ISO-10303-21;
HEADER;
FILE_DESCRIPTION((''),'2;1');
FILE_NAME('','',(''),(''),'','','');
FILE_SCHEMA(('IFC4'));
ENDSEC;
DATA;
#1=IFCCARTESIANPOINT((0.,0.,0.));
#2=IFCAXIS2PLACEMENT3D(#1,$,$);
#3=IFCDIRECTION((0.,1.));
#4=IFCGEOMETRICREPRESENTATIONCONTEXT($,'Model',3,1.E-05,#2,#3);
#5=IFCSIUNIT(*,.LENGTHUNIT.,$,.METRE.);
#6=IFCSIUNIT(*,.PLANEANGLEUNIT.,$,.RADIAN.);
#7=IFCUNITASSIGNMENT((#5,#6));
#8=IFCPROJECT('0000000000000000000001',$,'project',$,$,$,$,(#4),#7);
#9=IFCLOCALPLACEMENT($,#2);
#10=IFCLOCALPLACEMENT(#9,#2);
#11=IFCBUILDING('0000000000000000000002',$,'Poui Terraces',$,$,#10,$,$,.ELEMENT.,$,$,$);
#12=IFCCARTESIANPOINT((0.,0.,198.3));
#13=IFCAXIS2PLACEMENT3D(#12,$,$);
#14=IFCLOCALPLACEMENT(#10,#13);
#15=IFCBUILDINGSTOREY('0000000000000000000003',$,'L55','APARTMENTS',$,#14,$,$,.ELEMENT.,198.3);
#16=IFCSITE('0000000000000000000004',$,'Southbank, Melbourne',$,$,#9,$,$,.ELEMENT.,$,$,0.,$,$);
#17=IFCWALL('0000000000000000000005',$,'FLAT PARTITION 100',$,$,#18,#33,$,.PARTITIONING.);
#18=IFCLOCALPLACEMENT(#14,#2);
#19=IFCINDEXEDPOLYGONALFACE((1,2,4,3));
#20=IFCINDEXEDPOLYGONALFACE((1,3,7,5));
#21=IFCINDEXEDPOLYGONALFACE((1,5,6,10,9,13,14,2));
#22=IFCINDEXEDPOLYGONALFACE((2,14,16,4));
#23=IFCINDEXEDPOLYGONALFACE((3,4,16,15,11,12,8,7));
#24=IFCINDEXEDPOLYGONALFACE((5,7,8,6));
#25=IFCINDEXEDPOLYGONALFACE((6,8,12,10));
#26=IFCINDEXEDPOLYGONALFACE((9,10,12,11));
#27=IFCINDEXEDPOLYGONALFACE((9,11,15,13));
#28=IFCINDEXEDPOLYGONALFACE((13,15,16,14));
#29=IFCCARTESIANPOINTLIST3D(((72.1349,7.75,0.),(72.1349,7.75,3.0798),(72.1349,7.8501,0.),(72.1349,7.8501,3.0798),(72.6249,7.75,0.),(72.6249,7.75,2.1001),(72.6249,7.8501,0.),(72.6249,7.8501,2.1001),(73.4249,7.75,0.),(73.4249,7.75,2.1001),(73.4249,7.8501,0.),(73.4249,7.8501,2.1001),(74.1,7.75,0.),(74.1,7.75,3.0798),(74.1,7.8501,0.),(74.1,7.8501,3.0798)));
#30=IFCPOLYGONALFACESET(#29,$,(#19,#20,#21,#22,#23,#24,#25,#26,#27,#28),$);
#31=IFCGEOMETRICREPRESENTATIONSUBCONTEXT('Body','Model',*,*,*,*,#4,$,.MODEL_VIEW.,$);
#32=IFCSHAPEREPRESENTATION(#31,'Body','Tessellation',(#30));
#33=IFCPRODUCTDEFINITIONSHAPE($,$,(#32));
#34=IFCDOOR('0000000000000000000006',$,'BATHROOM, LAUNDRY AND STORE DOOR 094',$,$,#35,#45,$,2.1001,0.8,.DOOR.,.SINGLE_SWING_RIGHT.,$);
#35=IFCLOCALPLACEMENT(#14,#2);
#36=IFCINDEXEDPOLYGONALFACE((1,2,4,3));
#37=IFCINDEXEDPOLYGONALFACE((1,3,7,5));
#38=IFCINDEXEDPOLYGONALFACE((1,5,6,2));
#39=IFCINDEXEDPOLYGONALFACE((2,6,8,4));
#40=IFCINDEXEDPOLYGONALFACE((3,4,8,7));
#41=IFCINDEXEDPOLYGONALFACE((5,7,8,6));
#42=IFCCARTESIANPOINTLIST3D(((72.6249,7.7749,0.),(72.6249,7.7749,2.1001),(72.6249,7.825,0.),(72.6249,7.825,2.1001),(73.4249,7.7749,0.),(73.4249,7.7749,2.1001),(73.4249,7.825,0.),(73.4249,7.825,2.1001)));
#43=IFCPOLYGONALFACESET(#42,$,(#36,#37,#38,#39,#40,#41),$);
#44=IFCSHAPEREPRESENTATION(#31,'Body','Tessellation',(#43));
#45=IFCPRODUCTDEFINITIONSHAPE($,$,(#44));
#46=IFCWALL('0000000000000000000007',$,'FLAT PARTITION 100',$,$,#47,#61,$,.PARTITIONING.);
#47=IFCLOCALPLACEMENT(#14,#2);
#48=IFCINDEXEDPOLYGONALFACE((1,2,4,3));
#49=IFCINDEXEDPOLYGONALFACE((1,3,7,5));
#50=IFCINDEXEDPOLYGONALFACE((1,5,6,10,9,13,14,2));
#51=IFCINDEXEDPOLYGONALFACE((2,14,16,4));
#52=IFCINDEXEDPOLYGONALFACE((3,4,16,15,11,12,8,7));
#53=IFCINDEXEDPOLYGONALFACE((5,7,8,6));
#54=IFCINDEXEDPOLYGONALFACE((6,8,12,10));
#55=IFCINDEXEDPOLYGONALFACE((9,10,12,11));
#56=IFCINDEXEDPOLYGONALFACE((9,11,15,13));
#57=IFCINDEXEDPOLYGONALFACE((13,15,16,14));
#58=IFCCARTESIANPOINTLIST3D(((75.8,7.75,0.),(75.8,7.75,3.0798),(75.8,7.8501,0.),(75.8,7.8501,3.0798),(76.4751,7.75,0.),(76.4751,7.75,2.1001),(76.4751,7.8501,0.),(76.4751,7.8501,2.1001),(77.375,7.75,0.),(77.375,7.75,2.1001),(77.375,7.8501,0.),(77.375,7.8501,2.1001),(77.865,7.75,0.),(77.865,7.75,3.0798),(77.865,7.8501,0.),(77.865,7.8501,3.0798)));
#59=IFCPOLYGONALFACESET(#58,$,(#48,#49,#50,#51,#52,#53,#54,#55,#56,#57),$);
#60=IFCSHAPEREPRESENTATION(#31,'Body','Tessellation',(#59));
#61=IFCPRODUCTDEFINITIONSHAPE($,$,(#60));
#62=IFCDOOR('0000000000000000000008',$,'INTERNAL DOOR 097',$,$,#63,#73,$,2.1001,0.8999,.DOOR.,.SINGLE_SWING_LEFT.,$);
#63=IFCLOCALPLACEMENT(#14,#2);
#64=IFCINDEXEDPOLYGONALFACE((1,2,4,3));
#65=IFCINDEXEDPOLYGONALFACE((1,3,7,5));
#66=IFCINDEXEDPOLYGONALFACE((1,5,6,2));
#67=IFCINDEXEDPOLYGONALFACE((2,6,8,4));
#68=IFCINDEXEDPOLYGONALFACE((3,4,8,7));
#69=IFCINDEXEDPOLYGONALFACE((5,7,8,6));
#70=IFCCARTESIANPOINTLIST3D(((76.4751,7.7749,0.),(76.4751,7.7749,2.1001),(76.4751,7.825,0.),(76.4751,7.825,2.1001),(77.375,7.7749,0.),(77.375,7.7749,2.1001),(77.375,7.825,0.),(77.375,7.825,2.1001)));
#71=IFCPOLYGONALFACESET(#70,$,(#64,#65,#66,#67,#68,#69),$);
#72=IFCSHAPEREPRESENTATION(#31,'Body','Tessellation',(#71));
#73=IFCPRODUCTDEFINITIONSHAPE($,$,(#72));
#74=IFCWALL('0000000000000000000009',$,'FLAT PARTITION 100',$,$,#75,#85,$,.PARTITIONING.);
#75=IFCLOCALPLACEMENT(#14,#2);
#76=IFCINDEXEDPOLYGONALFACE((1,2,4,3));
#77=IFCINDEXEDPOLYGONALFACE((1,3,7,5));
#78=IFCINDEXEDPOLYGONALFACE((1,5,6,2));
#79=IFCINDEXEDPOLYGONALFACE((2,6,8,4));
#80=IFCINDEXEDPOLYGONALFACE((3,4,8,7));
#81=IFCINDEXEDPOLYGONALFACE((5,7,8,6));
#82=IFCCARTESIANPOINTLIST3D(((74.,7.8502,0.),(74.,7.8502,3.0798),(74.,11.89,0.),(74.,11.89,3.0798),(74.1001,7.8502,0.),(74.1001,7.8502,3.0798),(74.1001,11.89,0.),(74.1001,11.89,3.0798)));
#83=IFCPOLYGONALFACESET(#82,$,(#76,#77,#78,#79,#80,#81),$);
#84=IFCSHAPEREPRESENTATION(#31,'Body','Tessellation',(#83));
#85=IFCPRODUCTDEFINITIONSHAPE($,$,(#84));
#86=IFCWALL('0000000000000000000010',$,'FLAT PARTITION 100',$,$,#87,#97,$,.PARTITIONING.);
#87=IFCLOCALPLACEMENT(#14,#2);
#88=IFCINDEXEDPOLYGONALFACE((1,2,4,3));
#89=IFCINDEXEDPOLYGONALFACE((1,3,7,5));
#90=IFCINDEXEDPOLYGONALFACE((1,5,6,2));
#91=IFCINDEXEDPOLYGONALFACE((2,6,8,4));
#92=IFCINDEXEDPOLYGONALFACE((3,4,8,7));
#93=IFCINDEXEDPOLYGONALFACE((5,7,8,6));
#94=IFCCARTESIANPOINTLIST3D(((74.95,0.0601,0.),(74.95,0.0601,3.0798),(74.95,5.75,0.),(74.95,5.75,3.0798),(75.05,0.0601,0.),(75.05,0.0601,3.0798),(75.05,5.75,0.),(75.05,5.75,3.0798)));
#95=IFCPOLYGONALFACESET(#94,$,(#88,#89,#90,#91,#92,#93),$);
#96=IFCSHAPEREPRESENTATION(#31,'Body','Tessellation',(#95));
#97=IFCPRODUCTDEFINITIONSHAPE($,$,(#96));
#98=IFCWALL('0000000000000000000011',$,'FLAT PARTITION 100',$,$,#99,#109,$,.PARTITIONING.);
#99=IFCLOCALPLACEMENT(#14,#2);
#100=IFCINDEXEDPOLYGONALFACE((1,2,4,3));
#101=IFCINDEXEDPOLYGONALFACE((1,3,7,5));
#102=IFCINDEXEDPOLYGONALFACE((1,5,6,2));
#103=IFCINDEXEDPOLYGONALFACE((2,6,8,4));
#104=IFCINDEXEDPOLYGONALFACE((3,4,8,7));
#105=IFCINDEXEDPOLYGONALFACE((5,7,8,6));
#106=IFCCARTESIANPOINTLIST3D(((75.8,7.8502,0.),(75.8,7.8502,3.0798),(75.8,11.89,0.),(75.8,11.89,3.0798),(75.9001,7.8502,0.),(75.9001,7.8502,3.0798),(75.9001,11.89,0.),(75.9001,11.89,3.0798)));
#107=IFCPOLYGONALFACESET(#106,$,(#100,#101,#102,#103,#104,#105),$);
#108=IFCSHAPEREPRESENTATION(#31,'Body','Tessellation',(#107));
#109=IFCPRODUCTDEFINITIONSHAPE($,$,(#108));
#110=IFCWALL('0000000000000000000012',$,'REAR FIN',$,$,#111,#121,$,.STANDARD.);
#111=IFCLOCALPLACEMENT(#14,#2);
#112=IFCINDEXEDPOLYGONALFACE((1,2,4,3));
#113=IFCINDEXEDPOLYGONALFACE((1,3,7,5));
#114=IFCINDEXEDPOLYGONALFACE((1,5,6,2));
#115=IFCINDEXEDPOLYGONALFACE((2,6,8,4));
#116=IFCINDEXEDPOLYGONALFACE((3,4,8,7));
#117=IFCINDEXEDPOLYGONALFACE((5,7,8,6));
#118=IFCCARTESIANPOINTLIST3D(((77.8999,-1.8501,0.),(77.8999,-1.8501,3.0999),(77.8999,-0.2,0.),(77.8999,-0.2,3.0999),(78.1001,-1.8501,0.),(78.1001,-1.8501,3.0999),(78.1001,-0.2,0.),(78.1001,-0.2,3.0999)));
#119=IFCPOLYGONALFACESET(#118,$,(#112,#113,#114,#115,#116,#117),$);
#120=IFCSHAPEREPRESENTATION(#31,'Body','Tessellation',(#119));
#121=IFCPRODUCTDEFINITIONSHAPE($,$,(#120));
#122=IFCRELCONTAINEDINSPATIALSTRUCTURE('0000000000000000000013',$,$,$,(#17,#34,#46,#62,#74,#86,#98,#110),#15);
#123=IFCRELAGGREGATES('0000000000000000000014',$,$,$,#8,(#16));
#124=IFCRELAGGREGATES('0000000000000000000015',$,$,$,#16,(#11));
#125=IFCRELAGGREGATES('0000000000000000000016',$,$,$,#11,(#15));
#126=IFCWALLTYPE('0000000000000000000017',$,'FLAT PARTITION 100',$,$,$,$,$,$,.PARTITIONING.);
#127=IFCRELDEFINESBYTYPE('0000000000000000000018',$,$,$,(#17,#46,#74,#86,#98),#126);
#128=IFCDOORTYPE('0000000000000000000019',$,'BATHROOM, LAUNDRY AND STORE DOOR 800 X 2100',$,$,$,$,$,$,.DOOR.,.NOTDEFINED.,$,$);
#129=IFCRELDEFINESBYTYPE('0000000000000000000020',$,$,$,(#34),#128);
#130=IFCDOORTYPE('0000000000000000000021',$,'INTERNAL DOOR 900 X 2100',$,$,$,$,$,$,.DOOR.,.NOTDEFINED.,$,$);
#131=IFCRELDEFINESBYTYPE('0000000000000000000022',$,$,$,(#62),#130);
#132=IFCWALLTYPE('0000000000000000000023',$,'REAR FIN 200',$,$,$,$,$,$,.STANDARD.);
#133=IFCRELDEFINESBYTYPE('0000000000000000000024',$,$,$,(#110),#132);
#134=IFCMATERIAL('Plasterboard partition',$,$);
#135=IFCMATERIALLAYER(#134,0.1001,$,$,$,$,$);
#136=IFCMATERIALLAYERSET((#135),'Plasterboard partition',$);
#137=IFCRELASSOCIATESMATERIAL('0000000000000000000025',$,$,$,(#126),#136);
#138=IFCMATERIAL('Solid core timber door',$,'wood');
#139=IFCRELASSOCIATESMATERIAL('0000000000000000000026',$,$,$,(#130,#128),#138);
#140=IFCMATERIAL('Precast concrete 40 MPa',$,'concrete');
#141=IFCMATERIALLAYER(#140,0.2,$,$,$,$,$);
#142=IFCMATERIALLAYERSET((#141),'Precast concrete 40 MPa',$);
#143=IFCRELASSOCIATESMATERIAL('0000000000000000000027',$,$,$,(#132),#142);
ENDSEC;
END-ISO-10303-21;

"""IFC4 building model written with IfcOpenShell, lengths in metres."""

from ifc_helpers import new_model, si_unit, direction, frame, frame_2d, origin, place, context, subcontext, project, spatial, polyline, rectangle, outline, extrude, source, transform, mapped, material, layer, layer_set, type_object, element, fill, save


model = new_model("IFC4")

# Units and contexts
model_context = context("Model", 3, precision=1e-05, world=origin(), true_north=direction((0.0, 1.0)))
body_context = subcontext(model_context, "Body", "Model", "MODEL_VIEW")
ifc_project = project(units=[si_unit("LENGTHUNIT", "METRE"), si_unit("PLANEANGLEUNIT", "RADIAN")], contexts=[model_context])

# Site, building, storey
site_placement = place(None, origin())
site = spatial("IfcSite", under=ifc_project, at=site_placement, Name="Southbank, Melbourne", CompositionType="ELEMENT", RefElevation=0.0)
building_placement = place(site_placement, origin())
building = spatial("IfcBuilding", under=site, at=building_placement, Name="Poui Terraces", CompositionType="ELEMENT")
storey_placement = place(building_placement, frame((0.0, 0.0, 198.3)))
storey = spatial("IfcBuildingStorey", under=building, at=storey_placement, Name="L55", Description="APARTMENTS", CompositionType="ELEMENT", Elevation=198.3)

# Walls, openings, doors
ifc_material_1 = material(Name="Plasterboard partition")
ifc_layer_1 = layer(ifc_material_1, 0.1001)
ifc_layer_set_1 = layer_set([ifc_layer_1], Name="Plasterboard partition")
wall_type_1 = type_object("IfcWallType", Name="FLAT PARTITION 100", PredefinedType="PARTITIONING", material=ifc_layer_set_1)
ifc_material_2 = material(Name="Solid core timber door", Category="wood")
door_type_1 = type_object("IfcDoorType", Name="INTERNAL DOOR 900 X 2100", OperationType="NOTDEFINED", PredefinedType="DOOR", material=ifc_material_2)
wall_1_placement = place(storey_placement, frame((72.135, 7.8, 0.0), z_axis=(0.0, 0.0, 1.0), x_axis=(1.0, 0.0, 0.0)))
wall_1 = element("IfcWall", 1, at=wall_1_placement, inside=storey, type_object=wall_type_1, Name="FLAT PARTITION 100", PredefinedType="PARTITIONING", context=body_context, shape_type="SweptSolid", body=[
    extrude(rectangle(XDim=1.9651, YDim=0.1001, at=frame_2d((0.9824, 0.0))), origin(), (0.0, 0.0, 1.0), 3.0798),
])
opening_1_placement = place(wall_1_placement, frame((0.49, 0.0, 0.0)))
opening_1 = element("IfcOpeningElement", 2, at=opening_1_placement, cuts=wall_1, PredefinedType="OPENING", context=body_context, shape_type="SweptSolid", body=[
    extrude(rectangle(XDim=0.8, YDim=2.1001, at=frame_2d((0.3999, 1.05))), frame((0.0, 0.0601, 0.0), z_axis=(0.0, -1.0, 0.0), x_axis=(1.0, 0.0, 0.0)), (0.0, 0.0, 1.0), 0.1201),
])
door_type_2 = type_object("IfcDoorType", Name="BATHROOM, LAUNDRY AND STORE DOOR 800 X 2100", OperationType="NOTDEFINED", PredefinedType="DOOR", material=ifc_material_2)
door_1_placement = place(opening_1_placement, origin())
door_1 = element("IfcDoor", 3, at=door_1_placement, inside=storey, type_object=door_type_2, Name="BATHROOM, LAUNDRY AND STORE DOOR 094", OperationType="SINGLE_SWING_RIGHT", OverallHeight=2.1001, OverallWidth=0.8, PredefinedType="DOOR", context=body_context, shape_type="SweptSolid", body=[
    extrude(rectangle(XDim=0.8, YDim=2.1001, at=frame_2d((0.3999, 1.05))), frame((0.0, 0.0249, 0.0), z_axis=(0.0, -1.0, 0.0), x_axis=(1.0, 0.0, 0.0)), (0.0, 0.0, 1.0), 0.05),
])
fill(opening_1, door_1)
wall_2_placement = place(storey_placement, frame((75.8, 7.8, 0.0), z_axis=(0.0, 0.0, 1.0), x_axis=(1.0, 0.0, 0.0)))
wall_2 = element("IfcWall", 4, at=wall_2_placement, inside=storey, type_object=wall_type_1, Name="FLAT PARTITION 100", PredefinedType="PARTITIONING", context=body_context, shape_type="SweptSolid", body=[
    extrude(rectangle(XDim=2.0649, YDim=0.1001, at=frame_2d((1.0325, 0.0))), origin(), (0.0, 0.0, 1.0), 3.0798),
])
opening_2_placement = place(wall_2_placement, frame((0.675, 0.0, 0.0)))
opening_2 = element("IfcOpeningElement", 5, at=opening_2_placement, cuts=wall_2, PredefinedType="OPENING", context=body_context, shape_type="SweptSolid", body=[
    extrude(rectangle(XDim=0.8999, YDim=2.1001, at=frame_2d((0.45, 1.05))), frame((0.0, 0.0601, 0.0), z_axis=(0.0, -1.0, 0.0), x_axis=(1.0, 0.0, 0.0)), (0.0, 0.0, 1.0), 0.1201),
])
door_2_placement = place(opening_2_placement, origin())
door_2 = element("IfcDoor", 6, at=door_2_placement, inside=storey, type_object=door_type_1, Name="INTERNAL DOOR 097", OperationType="SINGLE_SWING_LEFT", OverallHeight=2.1001, OverallWidth=0.8999, PredefinedType="DOOR", context=body_context, shape_type="SweptSolid", body=[
    extrude(rectangle(XDim=0.8999, YDim=2.1001, at=frame_2d((0.45, 1.05))), frame((0.0, 0.0249, 0.0), z_axis=(0.0, -1.0, 0.0), x_axis=(1.0, 0.0, 0.0)), (0.0, 0.0, 1.0), 0.05),
])
fill(opening_2, door_2)

# Walls
wall_3_placement = place(storey_placement, frame((74.05, 7.8501, 0.0), z_axis=(0.0, 0.0, 1.0), x_axis=(0.0, 1.0, 0.0)))
element("IfcWall", 7, at=wall_3_placement, inside=storey, type_object=wall_type_1, Name="FLAT PARTITION 100", PredefinedType="PARTITIONING", context=body_context, shape_type="SweptSolid", body=[
    extrude(rectangle(XDim=4.0398, YDim=0.1001, at=frame_2d((2.02, 0.0))), origin(), (0.0, 0.0, 1.0), 3.0798),
])
wall_4_placement = place(storey_placement, frame((75.0, 0.0601, 0.0), z_axis=(0.0, 0.0, 1.0), x_axis=(0.0, 1.0, 0.0)))
element("IfcWall", 8, at=wall_4_placement, inside=storey, type_object=wall_type_1, Name="FLAT PARTITION 100", PredefinedType="PARTITIONING", context=body_context, shape_type="SweptSolid", body=[
    extrude(rectangle(XDim=5.6899, YDim=0.1001, at=frame_2d((2.845, 0.0))), origin(), (0.0, 0.0, 1.0), 3.0798),
])
wall_5_placement = place(storey_placement, frame((75.8501, 7.8501, 0.0), z_axis=(0.0, 0.0, 1.0), x_axis=(0.0, 1.0, 0.0)))
element("IfcWall", 9, at=wall_5_placement, inside=storey, type_object=wall_type_1, Name="FLAT PARTITION 100", PredefinedType="PARTITIONING", context=body_context, shape_type="SweptSolid", body=[
    extrude(rectangle(XDim=4.0398, YDim=0.1001, at=frame_2d((2.02, 0.0))), origin(), (0.0, 0.0, 1.0), 3.0798),
])
ifc_material_3 = material(Name="Precast concrete 40 MPa", Category="concrete")
ifc_layer_2 = layer(ifc_material_3, 0.2)
ifc_layer_set_2 = layer_set([ifc_layer_2], Name="Precast concrete 40 MPa")
wall_type_2 = type_object("IfcWallType", Name="REAR FIN 200", PredefinedType="STANDARD", material=ifc_layer_set_2)
shared_shape_1 = source(origin(), body_context, "Body", "SweptSolid", [
    extrude(outline(polyline([(0.0, 0.0), (0.2002, 0.0), (0.2002, 1.6501), (0.0, 1.6501), (0.0, 0.0)])), origin(), (0.0, 0.0, 1.0), 3.0999),
])
wall_6_placement = place(storey_placement, frame((77.8999, -1.8501, 0.0)))
element("IfcWall", 10, at=wall_6_placement, inside=storey, type_object=wall_type_2, Name="REAR FIN", PredefinedType="STANDARD", context=body_context, shape_type="MappedRepresentation", body=[
    mapped(shared_shape_1, transform((0.0, 0.0, 0.0))),
])

save(model, "model.ifc")
